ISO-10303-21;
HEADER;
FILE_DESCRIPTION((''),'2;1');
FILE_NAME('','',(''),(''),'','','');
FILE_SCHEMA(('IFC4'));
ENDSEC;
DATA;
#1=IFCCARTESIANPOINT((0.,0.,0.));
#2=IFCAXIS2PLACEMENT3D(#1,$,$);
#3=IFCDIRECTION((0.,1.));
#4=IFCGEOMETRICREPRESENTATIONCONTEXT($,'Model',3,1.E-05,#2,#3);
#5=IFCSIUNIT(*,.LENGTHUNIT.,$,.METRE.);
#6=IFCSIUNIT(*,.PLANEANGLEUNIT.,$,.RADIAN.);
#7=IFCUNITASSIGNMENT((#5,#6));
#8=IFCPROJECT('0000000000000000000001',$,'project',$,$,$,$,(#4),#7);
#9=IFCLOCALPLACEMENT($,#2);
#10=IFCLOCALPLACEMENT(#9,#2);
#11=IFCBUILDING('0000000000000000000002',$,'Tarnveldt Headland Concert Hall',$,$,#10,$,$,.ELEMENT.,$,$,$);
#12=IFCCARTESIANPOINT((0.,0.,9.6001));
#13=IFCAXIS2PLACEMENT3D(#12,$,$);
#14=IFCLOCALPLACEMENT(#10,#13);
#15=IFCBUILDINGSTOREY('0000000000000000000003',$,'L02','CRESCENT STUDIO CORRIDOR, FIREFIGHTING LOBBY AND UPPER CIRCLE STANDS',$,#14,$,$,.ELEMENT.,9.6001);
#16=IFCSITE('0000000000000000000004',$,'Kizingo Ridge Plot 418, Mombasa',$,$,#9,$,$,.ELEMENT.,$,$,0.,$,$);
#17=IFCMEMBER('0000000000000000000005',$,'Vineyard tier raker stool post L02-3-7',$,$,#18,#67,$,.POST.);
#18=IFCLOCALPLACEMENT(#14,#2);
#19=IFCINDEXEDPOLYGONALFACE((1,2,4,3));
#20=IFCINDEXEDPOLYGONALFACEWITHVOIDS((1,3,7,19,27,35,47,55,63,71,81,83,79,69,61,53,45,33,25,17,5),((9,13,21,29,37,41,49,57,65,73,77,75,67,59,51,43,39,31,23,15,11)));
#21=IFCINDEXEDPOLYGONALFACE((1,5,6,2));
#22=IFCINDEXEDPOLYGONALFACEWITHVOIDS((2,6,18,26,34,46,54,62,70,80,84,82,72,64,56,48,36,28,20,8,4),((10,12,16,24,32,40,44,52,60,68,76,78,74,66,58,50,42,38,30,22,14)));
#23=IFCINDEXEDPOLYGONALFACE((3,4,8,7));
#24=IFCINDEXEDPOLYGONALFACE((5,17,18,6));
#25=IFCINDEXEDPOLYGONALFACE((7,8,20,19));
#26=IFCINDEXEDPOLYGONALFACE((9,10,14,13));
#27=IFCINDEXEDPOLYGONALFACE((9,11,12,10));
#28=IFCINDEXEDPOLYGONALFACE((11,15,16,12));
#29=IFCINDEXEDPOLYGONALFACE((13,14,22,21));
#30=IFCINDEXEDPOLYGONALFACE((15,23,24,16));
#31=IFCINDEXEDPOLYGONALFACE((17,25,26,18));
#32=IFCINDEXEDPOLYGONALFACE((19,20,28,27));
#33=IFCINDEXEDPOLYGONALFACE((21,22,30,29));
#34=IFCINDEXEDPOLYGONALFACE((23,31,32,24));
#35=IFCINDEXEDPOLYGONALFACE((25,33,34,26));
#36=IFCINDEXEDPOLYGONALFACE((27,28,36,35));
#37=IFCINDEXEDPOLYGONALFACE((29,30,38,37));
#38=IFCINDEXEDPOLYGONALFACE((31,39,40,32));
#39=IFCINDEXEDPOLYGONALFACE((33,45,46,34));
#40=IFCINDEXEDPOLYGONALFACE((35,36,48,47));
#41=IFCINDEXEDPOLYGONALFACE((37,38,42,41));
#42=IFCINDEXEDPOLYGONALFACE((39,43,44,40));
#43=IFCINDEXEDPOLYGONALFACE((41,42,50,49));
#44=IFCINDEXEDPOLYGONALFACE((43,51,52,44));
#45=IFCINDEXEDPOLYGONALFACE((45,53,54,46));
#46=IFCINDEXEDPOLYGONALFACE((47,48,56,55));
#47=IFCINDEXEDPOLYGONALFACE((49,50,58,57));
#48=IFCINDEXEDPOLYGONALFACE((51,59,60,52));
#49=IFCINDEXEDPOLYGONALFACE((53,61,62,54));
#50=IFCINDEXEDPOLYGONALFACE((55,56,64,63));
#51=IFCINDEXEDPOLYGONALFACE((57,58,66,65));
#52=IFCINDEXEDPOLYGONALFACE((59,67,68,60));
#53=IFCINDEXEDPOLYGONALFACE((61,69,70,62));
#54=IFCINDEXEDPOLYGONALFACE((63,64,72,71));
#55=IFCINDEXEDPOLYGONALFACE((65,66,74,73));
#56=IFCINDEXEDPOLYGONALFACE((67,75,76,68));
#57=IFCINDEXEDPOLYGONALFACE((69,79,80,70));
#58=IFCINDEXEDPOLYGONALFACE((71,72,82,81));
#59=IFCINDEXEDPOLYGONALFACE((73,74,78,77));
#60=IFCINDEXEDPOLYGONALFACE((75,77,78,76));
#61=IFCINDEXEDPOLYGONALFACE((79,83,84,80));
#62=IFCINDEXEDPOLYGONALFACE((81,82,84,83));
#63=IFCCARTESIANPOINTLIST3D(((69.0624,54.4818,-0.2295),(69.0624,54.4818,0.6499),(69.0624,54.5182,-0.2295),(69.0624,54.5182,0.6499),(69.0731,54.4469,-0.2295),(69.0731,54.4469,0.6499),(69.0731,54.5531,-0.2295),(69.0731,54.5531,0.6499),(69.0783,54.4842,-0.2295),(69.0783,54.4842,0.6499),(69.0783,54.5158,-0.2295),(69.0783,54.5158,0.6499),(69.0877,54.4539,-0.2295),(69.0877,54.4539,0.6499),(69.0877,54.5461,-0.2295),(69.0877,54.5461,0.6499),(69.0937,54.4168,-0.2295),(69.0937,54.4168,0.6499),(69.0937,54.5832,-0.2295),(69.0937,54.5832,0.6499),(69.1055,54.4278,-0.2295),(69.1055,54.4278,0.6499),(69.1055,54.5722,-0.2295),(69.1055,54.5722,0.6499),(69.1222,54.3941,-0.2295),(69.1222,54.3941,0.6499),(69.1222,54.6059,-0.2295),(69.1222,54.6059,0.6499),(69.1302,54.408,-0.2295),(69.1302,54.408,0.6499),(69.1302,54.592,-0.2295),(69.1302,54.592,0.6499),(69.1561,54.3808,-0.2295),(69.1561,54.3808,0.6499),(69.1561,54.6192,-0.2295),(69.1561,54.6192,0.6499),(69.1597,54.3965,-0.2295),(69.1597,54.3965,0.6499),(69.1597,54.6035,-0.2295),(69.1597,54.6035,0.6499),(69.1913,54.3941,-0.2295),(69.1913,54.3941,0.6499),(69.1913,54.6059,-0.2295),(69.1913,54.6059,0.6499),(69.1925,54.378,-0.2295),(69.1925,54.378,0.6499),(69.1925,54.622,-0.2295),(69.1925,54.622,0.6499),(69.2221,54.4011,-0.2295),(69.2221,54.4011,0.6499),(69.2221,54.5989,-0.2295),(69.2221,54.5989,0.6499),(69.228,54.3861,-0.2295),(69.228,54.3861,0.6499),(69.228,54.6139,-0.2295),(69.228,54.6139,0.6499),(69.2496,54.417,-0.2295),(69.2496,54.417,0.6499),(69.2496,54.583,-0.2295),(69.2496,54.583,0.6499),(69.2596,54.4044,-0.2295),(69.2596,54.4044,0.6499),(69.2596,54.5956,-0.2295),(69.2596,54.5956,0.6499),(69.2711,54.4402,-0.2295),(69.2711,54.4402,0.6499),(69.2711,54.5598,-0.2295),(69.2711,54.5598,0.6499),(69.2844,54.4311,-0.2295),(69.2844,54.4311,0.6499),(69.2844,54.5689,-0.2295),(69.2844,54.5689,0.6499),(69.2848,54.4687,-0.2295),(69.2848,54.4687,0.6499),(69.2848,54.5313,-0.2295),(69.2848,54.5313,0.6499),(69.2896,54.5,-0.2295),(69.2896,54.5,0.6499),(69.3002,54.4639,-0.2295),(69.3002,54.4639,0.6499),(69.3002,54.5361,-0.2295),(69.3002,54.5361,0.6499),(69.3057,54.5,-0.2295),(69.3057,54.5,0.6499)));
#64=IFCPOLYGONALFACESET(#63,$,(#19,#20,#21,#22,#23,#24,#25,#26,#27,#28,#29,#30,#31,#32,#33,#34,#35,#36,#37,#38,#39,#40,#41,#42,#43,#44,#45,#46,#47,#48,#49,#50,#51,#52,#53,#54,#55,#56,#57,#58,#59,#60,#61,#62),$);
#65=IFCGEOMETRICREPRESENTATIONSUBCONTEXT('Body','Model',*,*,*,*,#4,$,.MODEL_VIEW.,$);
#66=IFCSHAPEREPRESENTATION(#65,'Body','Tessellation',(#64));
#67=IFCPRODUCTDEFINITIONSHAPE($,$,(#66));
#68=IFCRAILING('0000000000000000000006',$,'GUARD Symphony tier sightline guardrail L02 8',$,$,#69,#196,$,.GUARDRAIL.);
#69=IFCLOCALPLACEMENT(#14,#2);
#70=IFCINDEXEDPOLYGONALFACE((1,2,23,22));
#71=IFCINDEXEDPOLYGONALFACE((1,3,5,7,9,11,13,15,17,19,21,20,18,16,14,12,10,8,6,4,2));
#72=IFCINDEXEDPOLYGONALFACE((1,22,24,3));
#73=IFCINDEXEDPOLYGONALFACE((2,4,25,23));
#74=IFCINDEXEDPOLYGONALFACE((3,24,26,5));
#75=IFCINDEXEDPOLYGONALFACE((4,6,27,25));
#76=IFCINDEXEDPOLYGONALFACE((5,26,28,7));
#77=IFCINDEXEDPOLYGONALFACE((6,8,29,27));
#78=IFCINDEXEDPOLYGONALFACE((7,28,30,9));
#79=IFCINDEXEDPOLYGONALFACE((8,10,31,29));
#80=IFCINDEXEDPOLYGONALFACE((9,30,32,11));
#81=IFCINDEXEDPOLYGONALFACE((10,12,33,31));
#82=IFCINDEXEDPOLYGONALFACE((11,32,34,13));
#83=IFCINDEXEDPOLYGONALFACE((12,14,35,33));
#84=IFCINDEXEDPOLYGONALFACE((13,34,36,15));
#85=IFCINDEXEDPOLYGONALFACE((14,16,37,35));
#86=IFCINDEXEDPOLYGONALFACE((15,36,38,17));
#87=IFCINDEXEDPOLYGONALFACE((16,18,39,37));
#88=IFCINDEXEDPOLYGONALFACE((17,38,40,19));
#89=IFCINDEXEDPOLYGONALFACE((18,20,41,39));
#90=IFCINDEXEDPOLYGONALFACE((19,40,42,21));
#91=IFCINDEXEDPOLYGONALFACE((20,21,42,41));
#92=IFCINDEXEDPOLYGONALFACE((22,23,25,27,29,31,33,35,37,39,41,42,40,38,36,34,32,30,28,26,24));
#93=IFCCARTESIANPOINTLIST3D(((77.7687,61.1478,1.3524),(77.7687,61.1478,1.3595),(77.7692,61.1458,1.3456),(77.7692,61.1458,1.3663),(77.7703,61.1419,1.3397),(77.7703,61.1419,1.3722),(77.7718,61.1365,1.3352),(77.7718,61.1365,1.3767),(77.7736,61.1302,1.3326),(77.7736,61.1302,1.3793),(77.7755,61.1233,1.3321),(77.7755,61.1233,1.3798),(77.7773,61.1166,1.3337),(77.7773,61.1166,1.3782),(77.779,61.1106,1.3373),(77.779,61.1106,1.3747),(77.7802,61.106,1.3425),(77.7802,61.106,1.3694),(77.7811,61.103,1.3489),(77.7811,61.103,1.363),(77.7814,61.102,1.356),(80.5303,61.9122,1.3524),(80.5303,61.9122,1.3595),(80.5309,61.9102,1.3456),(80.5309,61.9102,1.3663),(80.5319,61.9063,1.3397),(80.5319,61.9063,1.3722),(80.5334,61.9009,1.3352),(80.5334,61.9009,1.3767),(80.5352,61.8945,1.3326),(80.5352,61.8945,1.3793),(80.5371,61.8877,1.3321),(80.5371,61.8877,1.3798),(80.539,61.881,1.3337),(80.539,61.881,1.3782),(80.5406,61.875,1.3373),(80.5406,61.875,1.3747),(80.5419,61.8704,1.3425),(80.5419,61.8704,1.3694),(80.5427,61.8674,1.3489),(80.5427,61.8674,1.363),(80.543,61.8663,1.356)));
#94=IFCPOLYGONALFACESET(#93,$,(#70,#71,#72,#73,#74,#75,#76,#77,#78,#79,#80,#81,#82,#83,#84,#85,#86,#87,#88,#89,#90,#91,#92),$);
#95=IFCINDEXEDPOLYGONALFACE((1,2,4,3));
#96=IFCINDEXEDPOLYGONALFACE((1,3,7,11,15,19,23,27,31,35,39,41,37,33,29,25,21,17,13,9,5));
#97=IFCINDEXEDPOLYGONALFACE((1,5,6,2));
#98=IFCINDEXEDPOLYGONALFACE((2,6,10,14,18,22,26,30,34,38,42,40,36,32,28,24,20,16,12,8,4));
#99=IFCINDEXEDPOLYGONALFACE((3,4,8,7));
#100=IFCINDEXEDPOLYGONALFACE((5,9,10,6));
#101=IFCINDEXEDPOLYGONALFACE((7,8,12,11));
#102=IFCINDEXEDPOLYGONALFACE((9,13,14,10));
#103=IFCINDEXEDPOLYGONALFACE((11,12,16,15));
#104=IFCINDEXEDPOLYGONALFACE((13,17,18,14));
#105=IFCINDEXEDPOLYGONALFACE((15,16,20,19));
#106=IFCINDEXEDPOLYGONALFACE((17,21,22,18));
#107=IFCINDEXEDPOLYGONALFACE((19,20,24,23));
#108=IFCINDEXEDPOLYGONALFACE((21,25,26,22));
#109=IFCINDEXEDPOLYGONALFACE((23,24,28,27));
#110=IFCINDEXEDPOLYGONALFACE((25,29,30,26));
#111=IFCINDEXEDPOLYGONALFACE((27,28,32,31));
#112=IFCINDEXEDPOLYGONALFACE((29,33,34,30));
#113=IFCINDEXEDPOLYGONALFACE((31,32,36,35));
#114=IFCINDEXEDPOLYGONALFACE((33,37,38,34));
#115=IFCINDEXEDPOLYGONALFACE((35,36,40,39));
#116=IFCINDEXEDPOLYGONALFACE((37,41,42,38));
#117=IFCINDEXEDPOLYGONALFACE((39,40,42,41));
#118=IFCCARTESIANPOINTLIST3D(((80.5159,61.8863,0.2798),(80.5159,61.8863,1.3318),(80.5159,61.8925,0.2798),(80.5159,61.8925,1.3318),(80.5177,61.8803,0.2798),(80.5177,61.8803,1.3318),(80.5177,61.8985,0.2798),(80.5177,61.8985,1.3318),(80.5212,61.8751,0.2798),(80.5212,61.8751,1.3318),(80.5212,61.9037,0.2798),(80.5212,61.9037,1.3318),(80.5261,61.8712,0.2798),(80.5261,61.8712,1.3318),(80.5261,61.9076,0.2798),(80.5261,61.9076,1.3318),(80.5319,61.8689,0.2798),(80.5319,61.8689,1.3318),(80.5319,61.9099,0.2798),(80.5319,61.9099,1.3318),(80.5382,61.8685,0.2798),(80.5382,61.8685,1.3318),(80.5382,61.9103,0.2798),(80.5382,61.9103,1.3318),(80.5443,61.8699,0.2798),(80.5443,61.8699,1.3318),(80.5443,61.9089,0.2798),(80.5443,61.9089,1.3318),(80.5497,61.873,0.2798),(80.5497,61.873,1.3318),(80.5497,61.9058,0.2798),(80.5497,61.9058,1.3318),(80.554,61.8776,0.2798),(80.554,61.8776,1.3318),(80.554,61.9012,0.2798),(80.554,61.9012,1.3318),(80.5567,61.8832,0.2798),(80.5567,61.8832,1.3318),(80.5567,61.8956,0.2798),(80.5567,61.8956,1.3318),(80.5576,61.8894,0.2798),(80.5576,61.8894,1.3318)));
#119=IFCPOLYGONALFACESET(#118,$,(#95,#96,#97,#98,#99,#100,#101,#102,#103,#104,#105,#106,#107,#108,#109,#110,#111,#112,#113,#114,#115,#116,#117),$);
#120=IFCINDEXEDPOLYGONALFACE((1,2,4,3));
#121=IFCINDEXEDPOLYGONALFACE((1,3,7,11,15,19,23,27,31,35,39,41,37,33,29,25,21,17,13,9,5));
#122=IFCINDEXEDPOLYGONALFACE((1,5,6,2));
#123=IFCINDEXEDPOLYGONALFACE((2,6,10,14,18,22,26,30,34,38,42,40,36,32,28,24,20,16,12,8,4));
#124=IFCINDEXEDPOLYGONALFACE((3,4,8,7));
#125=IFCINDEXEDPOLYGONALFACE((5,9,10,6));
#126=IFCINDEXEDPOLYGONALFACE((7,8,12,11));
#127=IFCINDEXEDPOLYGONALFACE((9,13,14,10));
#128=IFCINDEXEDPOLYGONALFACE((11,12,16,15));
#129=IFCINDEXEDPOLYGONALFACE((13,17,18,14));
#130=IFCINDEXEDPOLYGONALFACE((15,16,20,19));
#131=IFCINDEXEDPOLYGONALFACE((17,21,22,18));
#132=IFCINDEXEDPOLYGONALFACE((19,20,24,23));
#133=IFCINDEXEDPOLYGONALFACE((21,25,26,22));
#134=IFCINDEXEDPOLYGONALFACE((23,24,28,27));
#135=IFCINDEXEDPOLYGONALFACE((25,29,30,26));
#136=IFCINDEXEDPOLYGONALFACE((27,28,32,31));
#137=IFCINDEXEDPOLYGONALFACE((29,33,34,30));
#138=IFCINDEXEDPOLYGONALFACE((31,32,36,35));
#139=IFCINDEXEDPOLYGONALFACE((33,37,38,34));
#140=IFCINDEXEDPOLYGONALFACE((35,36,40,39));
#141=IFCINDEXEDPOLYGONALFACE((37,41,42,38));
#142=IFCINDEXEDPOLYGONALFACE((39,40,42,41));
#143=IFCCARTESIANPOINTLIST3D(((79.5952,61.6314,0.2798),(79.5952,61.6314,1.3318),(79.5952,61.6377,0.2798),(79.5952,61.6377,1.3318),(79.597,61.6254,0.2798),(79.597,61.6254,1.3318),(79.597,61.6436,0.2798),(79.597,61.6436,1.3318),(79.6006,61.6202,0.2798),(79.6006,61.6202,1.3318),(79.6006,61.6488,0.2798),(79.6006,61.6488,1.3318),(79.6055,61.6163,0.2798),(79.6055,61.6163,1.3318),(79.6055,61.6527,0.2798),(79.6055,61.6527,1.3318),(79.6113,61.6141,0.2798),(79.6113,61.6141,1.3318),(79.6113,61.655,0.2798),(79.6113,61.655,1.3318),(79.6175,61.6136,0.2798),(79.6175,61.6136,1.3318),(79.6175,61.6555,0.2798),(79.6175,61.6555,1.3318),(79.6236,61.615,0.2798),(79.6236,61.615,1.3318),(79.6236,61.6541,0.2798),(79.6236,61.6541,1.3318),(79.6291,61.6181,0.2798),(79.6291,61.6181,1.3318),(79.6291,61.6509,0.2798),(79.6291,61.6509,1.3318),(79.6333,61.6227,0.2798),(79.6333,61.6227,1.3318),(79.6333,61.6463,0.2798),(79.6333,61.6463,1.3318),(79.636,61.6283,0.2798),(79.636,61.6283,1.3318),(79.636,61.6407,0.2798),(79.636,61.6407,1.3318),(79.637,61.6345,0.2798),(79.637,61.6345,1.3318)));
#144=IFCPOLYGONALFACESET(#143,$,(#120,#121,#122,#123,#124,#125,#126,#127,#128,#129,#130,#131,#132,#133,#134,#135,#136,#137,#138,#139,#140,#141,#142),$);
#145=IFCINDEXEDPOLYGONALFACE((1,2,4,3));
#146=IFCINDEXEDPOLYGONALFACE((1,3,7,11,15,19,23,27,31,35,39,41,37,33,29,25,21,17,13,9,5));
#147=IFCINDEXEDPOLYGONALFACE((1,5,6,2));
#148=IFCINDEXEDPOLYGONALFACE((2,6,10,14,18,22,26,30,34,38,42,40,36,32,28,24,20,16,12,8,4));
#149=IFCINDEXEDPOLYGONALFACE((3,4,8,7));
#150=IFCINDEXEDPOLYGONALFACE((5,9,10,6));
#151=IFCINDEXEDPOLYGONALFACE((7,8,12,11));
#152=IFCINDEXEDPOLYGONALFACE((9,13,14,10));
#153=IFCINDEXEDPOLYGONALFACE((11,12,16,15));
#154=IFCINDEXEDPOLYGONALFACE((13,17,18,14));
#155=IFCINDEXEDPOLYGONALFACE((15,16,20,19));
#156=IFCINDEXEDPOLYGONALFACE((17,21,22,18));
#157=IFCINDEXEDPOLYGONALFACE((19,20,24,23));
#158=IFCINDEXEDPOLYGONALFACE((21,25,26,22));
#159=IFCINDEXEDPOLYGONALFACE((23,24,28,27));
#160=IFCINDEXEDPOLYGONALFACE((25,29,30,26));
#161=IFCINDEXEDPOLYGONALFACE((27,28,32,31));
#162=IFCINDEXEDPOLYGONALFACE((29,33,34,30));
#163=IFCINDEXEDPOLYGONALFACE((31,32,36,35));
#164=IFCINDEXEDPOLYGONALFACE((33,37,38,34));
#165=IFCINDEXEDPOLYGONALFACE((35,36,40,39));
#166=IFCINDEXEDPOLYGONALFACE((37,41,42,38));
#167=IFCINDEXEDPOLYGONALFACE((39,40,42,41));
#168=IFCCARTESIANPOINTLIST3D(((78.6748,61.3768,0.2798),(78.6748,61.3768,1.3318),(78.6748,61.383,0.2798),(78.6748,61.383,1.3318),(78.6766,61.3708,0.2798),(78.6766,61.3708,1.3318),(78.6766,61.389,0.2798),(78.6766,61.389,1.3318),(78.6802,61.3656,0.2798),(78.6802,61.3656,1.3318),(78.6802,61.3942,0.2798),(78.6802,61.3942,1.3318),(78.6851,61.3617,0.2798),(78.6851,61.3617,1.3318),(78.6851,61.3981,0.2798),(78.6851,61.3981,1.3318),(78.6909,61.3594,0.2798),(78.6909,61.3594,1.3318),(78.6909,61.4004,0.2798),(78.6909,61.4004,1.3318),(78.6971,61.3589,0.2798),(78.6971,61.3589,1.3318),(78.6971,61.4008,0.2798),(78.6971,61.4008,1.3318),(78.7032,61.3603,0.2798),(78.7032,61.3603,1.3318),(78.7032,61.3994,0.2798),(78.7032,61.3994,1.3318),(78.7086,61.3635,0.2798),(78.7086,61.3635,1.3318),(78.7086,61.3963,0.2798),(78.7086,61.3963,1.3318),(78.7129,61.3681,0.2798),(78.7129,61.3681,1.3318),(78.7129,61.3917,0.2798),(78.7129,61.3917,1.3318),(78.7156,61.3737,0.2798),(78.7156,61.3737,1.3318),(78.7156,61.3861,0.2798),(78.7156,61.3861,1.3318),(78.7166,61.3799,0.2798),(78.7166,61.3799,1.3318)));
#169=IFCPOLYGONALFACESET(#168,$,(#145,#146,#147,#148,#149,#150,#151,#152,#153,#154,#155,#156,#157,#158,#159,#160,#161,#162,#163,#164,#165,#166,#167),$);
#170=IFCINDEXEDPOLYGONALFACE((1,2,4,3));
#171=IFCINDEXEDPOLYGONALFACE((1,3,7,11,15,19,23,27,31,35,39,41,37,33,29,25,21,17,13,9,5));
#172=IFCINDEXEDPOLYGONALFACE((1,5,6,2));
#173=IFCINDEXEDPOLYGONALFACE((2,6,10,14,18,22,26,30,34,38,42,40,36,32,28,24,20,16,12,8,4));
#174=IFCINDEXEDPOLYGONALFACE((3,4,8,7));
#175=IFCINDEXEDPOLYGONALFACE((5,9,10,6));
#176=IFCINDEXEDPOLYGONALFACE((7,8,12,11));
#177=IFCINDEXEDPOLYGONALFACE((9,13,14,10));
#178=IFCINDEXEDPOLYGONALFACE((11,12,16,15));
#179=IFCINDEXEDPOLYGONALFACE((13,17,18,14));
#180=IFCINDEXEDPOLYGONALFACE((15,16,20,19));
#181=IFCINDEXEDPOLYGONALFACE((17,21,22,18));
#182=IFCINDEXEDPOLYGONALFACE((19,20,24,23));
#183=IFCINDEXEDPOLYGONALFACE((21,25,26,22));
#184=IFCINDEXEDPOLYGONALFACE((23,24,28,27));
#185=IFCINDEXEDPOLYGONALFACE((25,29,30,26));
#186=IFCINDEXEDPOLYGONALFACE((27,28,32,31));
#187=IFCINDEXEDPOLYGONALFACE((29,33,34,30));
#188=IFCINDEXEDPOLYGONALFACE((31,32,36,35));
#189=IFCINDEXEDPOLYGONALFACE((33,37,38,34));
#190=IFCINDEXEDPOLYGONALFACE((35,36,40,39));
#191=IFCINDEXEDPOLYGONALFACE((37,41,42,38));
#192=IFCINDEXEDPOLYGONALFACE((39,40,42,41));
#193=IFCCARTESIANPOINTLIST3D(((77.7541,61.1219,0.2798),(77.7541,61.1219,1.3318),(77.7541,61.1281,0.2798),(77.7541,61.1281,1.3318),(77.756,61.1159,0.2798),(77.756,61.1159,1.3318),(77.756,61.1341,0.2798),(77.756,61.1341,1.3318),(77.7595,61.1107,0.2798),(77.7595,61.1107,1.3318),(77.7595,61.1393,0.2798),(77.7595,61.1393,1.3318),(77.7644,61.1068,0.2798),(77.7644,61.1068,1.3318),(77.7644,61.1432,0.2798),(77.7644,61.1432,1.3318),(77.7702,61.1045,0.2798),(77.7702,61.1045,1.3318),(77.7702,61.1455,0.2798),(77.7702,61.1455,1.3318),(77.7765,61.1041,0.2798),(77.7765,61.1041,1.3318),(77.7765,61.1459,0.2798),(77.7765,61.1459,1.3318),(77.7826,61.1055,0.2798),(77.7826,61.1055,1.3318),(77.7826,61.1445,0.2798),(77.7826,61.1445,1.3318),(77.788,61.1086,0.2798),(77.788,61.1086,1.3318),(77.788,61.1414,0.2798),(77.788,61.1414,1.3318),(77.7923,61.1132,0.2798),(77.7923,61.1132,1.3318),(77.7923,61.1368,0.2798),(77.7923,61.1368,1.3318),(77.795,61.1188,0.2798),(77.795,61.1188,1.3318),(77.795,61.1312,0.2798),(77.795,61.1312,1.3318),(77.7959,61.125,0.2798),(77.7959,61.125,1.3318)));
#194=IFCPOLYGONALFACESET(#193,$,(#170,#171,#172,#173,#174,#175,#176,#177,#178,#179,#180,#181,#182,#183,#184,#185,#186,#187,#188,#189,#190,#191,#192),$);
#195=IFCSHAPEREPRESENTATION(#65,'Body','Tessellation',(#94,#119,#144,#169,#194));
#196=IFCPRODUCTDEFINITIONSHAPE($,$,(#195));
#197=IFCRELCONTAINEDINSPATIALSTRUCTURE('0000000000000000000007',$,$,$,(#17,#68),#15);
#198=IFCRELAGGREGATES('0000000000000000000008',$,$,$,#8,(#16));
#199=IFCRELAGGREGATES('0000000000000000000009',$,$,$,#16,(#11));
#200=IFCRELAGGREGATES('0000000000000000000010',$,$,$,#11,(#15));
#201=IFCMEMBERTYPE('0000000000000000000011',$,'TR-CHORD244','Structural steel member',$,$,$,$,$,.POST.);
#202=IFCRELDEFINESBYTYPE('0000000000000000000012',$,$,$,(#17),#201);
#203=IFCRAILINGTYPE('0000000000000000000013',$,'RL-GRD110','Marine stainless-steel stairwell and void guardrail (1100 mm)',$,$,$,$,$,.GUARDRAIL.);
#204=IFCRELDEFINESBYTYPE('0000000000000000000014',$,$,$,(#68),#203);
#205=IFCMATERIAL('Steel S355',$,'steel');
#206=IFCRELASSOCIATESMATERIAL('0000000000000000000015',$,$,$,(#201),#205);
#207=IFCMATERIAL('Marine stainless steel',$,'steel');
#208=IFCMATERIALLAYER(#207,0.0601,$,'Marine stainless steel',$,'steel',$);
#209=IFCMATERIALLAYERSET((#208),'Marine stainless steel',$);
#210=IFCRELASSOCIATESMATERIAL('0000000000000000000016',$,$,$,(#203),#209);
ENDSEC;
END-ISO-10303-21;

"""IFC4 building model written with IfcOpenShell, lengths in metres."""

from ifc_helpers import new_model, si_unit, direction, frame, origin, origin_2d, place, context, subcontext, project, spatial, circle, hollow_circle, extrude, material, layer, layer_set, material_profile, profile_set, type_object, element, save


model = new_model("IFC4")

# Units and contexts
model_context = context("Model", 3, precision=1e-05, world=origin(), true_north=direction((0.0, 1.0)))
body_context = subcontext(model_context, "Body", "Model", "MODEL_VIEW")
ifc_project = project(units=[si_unit("LENGTHUNIT", "METRE"), si_unit("PLANEANGLEUNIT", "RADIAN")], contexts=[model_context])

# Site, building, storey
site_placement = place(None, origin())
site = spatial("IfcSite", under=ifc_project, at=site_placement, Name="Kizingo Ridge Plot 418, Mombasa", CompositionType="ELEMENT", RefElevation=0.0)
building_placement = place(site_placement, origin())
building = spatial("IfcBuilding", under=site, at=building_placement, Name="Tarnveldt Headland Concert Hall", CompositionType="ELEMENT")
storey_placement = place(building_placement, frame((0.0, 0.0, 9.6001)))
storey = spatial("IfcBuildingStorey", under=building, at=storey_placement, Name="L02", Description="CRESCENT STUDIO CORRIDOR, FIREFIGHTING LOBBY AND UPPER CIRCLE STANDS", CompositionType="ELEMENT", Elevation=9.6001)

# Shared definitions
ifc_material_1 = material(Name="Steel S355", Category="steel")

# Member
ifc_material_profile_1 = material_profile(ifc_material_1, hollow_circle(Radius=0.1223, WallThickness=0.0161, at=origin_2d()), Name="CHS 244.5x16", Category="steel")
ifc_profile_set_1 = profile_set([ifc_material_profile_1], Name="Steel S355")
member_type = type_object("IfcMemberType", Name="TR-CHORD244", Description="Structural steel member", PredefinedType="POST", material=ifc_profile_set_1)
member_placement = place(storey_placement, frame((69.1833, 54.5, -0.2295), z_axis=(0.0, 0.0, 1.0), x_axis=(1.0, 0.0, 0.0)))
element("IfcMember", 1, at=member_placement, inside=storey, type_object=member_type, Name="Vineyard tier raker stool post L02-3-7", PredefinedType="POST", context=body_context, shape_type="SweptSolid", body=[
    extrude(hollow_circle(Radius=0.1223, WallThickness=0.0161, at=origin_2d()), origin(), (0.0, 0.0, 1.0), 0.8794),
])

# Railing
ifc_material_2 = material(Name="Marine stainless steel", Category="steel")
ifc_layer = layer(ifc_material_2, 0.0601, Name="Marine stainless steel", Category="steel")
ifc_layer_set = layer_set([ifc_layer], Name="Marine stainless steel")
railing_type = type_object("IfcRailingType", Name="RL-GRD110", Description="Marine stainless-steel stairwell and void guardrail (1100 mm)", PredefinedType="GUARDRAIL", material=ifc_layer_set)
railing_1_placement = place(storey_placement, frame((80.5366, 61.8894, 0.2798)))
element("IfcRailing", 2, at=railing_1_placement, inside=storey, type_object=railing_type, Name="GUARD Symphony tier sightline guardrail L02 8", PredefinedType="GUARDRAIL", context=body_context, shape_type="SweptSolid", body=[
    extrude(circle(Radius=0.0239, at=origin_2d()), frame((0.0, 0.0, 1.0762), z_axis=(-0.963764, -0.266756, 0.0), x_axis=(0.266756, -0.963764, 0.0)), (0.0, 0.0, 1.0), 2.8655),
    extrude(circle(Radius=0.021, at=origin_2d()), origin(), (0.0, 0.0, 1.0), 1.052),
    extrude(circle(Radius=0.021, at=origin_2d()), frame((-0.9207, -0.2549, 0.0)), (0.0, 0.0, 1.0), 1.052),
    extrude(circle(Radius=0.021, at=origin_2d()), frame((-1.8411, -0.5095, 0.0)), (0.0, 0.0, 1.0), 1.052),
    extrude(circle(Radius=0.021, at=origin_2d()), frame((-2.7617, -0.7644, 0.0)), (0.0, 0.0, 1.0), 1.052),
])

save(model, "model.ifc")
